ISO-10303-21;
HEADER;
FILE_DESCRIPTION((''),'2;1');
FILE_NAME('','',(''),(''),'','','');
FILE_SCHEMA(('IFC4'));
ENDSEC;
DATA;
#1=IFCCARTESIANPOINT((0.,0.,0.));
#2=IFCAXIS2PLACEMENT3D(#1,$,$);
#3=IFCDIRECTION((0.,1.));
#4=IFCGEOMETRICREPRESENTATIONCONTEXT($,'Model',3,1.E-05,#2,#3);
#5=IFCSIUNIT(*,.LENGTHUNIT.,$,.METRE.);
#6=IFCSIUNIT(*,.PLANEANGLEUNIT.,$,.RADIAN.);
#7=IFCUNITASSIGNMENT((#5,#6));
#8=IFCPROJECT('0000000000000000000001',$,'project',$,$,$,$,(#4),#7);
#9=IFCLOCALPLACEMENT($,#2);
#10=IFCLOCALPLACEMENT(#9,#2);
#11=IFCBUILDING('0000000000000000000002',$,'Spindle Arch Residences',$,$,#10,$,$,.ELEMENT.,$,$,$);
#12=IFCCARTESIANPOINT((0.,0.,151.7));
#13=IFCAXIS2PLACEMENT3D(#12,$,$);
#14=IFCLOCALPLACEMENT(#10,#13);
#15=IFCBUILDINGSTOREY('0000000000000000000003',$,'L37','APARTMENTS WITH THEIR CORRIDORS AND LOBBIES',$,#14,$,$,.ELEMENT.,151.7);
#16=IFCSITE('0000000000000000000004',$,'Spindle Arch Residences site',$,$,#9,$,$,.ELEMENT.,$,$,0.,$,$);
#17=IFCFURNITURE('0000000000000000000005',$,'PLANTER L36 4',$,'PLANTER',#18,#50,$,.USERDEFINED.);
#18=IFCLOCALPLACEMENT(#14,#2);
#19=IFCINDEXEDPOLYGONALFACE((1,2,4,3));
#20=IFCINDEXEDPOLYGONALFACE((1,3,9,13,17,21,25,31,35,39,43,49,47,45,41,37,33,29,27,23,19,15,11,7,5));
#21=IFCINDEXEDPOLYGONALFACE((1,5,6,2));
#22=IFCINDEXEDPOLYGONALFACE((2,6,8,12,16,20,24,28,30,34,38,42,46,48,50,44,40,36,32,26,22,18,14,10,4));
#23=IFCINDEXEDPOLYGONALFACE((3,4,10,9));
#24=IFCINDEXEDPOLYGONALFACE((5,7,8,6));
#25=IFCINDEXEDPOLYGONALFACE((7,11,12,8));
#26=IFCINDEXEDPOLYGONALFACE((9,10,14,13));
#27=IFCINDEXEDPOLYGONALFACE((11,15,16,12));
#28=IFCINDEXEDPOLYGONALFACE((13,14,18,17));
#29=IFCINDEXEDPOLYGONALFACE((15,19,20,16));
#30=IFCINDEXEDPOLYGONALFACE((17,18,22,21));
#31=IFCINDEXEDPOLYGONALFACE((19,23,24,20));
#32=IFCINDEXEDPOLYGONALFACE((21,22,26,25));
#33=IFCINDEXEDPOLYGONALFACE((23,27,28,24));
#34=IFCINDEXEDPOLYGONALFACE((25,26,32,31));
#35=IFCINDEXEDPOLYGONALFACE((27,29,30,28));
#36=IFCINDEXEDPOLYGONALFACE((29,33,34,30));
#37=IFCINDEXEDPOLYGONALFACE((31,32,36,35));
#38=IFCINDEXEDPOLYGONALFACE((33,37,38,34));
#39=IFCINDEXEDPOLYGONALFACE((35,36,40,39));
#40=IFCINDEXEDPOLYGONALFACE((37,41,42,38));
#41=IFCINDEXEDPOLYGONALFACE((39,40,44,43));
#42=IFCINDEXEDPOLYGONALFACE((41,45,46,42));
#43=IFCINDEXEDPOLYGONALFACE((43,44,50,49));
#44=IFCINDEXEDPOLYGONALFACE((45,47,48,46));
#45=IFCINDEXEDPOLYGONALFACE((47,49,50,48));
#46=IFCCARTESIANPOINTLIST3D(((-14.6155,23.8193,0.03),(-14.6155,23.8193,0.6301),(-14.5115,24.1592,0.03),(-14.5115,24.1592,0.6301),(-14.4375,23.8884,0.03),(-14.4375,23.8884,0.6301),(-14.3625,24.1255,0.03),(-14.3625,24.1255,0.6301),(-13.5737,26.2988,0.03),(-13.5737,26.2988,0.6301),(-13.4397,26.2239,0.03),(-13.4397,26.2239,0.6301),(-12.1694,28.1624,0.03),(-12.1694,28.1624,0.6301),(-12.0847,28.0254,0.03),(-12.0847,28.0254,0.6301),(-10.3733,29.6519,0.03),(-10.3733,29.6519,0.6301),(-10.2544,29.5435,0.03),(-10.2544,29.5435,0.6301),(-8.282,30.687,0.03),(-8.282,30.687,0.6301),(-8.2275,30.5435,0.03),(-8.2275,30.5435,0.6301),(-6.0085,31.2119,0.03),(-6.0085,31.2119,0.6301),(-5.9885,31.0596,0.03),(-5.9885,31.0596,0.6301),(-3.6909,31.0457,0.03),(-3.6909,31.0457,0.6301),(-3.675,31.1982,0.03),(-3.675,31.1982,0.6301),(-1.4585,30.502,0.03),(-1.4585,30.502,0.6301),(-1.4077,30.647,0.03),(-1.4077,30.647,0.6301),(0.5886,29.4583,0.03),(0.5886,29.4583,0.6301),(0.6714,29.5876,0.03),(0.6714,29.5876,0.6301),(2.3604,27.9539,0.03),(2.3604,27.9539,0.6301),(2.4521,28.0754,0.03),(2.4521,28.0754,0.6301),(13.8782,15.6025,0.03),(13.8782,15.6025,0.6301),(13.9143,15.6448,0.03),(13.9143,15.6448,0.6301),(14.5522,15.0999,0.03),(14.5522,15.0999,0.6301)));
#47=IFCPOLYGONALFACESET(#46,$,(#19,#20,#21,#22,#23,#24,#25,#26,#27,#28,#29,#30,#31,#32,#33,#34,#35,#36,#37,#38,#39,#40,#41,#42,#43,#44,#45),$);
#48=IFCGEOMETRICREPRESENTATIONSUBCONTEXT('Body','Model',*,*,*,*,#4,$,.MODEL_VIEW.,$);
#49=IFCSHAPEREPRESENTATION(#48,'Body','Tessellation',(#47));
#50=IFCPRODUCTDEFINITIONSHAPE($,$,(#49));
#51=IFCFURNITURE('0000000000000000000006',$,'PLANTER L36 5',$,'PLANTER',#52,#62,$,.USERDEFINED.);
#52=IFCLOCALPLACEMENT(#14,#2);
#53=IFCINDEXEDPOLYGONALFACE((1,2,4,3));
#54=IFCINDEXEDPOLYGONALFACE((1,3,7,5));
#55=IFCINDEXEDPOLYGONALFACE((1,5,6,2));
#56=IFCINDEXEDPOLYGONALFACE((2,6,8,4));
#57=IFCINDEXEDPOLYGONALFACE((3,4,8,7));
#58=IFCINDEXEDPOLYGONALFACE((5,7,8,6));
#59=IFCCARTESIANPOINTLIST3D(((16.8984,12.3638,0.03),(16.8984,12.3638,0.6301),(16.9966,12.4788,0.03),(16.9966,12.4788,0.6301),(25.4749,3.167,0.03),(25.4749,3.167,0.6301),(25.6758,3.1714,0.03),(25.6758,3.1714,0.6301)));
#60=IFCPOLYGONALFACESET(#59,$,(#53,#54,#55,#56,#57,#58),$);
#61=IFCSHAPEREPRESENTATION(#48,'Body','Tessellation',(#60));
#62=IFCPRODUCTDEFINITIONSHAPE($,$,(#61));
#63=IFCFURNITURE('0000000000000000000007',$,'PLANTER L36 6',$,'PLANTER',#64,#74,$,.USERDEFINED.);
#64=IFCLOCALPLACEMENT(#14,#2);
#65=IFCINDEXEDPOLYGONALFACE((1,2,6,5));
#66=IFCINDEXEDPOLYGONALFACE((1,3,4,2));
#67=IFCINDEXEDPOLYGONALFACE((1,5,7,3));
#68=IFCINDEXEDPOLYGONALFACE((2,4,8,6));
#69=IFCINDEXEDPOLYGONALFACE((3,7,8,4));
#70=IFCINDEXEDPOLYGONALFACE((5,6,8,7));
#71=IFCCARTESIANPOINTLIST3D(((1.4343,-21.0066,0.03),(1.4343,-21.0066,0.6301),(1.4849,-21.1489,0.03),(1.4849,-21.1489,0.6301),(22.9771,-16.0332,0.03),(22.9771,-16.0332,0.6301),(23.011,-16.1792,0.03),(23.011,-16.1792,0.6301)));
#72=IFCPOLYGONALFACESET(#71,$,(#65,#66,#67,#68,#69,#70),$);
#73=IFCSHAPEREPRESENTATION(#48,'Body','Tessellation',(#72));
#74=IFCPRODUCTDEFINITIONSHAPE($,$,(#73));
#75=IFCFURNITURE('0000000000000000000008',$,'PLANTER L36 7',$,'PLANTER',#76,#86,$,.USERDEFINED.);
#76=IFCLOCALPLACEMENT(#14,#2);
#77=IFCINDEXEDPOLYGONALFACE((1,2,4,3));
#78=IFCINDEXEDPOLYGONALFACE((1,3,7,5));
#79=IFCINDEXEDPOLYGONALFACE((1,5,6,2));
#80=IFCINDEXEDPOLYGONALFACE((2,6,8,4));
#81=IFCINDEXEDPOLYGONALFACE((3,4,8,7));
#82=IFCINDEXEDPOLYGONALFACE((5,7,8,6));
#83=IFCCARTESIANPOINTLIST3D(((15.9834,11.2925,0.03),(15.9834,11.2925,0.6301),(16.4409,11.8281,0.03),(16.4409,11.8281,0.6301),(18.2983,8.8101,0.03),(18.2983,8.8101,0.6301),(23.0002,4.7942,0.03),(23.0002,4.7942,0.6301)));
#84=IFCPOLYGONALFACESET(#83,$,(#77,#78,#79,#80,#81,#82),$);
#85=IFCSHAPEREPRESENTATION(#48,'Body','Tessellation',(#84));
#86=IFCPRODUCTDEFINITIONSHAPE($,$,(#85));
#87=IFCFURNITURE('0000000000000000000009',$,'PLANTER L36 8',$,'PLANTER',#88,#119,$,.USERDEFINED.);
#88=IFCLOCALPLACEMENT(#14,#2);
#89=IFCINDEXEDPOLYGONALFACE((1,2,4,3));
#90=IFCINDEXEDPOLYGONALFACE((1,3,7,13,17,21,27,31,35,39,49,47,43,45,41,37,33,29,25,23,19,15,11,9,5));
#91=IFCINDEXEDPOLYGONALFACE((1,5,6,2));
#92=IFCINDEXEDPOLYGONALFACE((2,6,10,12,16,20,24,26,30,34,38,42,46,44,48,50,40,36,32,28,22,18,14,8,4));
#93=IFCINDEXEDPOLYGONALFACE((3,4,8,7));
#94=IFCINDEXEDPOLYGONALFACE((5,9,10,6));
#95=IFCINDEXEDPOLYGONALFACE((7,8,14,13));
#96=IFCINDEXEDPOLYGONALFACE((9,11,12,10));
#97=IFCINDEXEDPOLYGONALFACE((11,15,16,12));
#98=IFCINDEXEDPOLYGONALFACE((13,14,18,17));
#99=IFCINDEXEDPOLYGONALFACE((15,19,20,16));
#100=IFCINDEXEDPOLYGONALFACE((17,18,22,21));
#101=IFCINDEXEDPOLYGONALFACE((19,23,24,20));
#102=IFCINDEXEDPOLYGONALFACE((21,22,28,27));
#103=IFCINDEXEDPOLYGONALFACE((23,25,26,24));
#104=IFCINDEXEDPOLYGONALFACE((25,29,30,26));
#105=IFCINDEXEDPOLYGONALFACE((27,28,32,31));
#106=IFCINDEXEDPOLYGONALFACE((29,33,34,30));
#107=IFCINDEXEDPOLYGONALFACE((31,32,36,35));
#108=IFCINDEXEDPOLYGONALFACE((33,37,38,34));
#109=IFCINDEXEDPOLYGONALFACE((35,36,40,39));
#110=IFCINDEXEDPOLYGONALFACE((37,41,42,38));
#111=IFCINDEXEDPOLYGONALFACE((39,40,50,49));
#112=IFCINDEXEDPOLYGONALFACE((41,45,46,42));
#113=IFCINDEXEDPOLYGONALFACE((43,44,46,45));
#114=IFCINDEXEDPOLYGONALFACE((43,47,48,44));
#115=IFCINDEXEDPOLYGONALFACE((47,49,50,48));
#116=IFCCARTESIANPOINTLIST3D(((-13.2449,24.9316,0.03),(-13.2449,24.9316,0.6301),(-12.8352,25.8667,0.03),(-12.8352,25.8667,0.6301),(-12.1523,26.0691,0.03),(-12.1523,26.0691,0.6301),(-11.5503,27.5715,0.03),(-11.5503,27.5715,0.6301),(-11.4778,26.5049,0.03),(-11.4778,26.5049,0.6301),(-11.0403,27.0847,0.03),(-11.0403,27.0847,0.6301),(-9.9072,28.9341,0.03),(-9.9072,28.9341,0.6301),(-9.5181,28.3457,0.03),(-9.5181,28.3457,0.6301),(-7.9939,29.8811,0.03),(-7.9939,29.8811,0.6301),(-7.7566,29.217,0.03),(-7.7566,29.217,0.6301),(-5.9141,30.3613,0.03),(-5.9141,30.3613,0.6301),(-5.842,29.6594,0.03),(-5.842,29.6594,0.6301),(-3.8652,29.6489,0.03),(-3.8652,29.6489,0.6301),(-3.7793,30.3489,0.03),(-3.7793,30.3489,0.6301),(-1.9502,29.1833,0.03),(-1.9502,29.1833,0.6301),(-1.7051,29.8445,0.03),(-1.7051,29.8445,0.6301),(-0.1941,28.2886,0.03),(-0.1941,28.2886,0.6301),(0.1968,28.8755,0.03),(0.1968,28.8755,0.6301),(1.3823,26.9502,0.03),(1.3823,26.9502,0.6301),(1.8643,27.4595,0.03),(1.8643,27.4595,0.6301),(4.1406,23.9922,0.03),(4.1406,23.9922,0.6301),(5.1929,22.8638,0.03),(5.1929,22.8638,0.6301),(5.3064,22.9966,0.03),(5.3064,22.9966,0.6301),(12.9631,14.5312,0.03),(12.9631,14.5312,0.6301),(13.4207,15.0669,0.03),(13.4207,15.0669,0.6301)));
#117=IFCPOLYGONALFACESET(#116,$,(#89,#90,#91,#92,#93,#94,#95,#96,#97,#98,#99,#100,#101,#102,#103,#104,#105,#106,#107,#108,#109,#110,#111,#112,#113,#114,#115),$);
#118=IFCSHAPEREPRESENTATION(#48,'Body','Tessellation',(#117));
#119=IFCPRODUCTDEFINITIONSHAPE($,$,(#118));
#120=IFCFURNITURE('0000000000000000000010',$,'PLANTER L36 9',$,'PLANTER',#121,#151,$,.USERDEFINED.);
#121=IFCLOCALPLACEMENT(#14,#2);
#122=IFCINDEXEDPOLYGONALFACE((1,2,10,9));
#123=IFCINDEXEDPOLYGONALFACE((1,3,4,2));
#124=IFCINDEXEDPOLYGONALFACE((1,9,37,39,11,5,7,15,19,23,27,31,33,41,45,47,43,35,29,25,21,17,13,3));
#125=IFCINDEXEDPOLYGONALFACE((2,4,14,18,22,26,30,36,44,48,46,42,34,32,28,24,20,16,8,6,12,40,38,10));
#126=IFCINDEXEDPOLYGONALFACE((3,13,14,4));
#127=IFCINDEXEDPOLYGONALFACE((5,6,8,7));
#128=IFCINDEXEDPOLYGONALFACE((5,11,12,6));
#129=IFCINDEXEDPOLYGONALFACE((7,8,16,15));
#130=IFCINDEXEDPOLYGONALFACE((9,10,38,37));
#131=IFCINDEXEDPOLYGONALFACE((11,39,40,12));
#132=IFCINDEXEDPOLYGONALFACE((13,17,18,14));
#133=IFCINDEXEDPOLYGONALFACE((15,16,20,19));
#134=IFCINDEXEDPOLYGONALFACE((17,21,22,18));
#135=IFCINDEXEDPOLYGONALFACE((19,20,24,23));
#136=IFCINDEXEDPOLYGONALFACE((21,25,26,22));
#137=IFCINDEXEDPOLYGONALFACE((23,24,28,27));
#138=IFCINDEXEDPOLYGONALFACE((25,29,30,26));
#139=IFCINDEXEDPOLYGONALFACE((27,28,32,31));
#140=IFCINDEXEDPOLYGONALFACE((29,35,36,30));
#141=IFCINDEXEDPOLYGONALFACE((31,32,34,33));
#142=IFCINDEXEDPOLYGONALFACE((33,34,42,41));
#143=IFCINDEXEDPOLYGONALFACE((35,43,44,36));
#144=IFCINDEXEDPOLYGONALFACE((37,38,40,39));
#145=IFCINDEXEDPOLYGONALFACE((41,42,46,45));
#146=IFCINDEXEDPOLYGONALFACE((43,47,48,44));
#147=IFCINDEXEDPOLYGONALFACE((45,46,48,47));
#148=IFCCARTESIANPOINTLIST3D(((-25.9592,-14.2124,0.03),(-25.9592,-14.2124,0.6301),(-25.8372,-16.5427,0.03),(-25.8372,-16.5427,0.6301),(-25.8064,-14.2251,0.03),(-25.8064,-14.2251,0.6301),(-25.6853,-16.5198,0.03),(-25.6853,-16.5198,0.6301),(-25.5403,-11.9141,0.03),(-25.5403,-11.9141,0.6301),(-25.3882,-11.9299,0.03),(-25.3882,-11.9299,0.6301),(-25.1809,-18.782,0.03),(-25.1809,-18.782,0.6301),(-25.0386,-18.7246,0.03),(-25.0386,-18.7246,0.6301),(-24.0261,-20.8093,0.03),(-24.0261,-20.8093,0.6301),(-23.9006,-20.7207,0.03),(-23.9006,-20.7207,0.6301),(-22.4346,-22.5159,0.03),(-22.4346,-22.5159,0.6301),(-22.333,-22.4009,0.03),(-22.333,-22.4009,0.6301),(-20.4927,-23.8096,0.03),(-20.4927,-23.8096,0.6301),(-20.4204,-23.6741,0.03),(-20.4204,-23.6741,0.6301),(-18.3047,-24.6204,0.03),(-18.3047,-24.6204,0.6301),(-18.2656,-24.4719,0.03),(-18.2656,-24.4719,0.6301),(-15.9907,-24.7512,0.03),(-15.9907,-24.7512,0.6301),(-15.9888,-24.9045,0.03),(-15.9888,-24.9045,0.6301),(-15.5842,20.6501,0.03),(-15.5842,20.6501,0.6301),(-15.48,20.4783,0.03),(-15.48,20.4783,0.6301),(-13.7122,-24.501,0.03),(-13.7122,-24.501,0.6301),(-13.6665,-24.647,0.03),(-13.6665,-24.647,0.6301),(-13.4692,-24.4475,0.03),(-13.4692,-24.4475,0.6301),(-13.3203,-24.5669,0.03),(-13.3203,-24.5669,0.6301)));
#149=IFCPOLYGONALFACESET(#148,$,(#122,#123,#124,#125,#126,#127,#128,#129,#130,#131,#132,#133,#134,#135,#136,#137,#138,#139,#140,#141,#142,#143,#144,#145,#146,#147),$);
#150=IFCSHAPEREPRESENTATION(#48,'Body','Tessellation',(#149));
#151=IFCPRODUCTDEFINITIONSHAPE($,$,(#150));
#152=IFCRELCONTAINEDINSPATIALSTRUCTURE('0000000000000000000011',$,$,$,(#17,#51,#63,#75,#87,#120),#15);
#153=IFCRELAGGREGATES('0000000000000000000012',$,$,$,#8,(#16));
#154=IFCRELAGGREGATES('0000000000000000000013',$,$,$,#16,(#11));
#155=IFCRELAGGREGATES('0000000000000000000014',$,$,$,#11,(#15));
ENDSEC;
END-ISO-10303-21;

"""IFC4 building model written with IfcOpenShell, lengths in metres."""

from ifc_helpers import new_model, si_unit, direction, frame, origin, place, context, subcontext, project, spatial, polyline, outline, extrude, element, save


model = new_model("IFC4")

# Units and contexts
model_context = context("Model", 3, precision=1e-05, world=origin(), true_north=direction((0.0, 1.0)))
body_context = subcontext(model_context, "Body", "Model", "MODEL_VIEW")
ifc_project = project(units=[si_unit("LENGTHUNIT", "METRE"), si_unit("PLANEANGLEUNIT", "RADIAN")], contexts=[model_context])

# Site, building, storey
site_placement = place(None, origin())
site = spatial("IfcSite", under=ifc_project, at=site_placement, Name="Spindle Arch Residences site", CompositionType="ELEMENT", RefElevation=0.0)
building_placement = place(site_placement, origin())
building = spatial("IfcBuilding", under=site, at=building_placement, Name="Spindle Arch Residences", CompositionType="ELEMENT")
storey_placement = place(building_placement, frame((0.0, 0.0, 151.7)))
storey = spatial("IfcBuildingStorey", under=building, at=storey_placement, Name="L37", Description="APARTMENTS WITH THEIR CORRIDORS AND LOBBIES", CompositionType="ELEMENT", Elevation=151.7)

# Furniture
furniture_1_placement = place(storey_placement, frame((0.0, 0.0, 0.03)))
element("IfcFurniture", 1, at=furniture_1_placement, inside=storey, Name="PLANTER L36 4", ObjectType="PLANTER", PredefinedType="USERDEFINED", context=body_context, shape_type="SweptSolid", body=[
    extrude(outline(polyline([(-13.5737, 26.2988), (-12.1694, 28.1624), (-10.3733, 29.6519), (-8.282, 30.687), (-6.0085, 31.2119), (-3.675, 31.1982), (-1.4077, 30.647), (0.6714, 29.5876), (2.4521, 28.0754), (14.5522, 15.0999), (13.9143, 15.6448), (13.8782, 15.6025), (2.3604, 27.9539), (0.5886, 29.4583), (-1.4585, 30.502), (-3.6909, 31.0457), (-5.9885, 31.0596), (-8.2275, 30.5435), (-10.2544, 29.5435), (-12.0847, 28.0254), (-13.4397, 26.2239), (-14.3625, 24.1255), (-14.4375, 23.8884), (-14.6155, 23.8193), (-14.5115, 24.1592), (-13.5737, 26.2988)])), origin(), (0.0, 0.0, 1.0), 0.6001),
])
furniture_2_placement = place(storey_placement, frame((0.0, 0.0, 0.03)))
element("IfcFurniture", 2, at=furniture_2_placement, inside=storey, Name="PLANTER L36 5", ObjectType="PLANTER", PredefinedType="USERDEFINED", context=body_context, shape_type="SweptSolid", body=[
    extrude(outline(polyline([(25.6758, 3.1714), (25.4749, 3.167), (16.8984, 12.3638), (16.9966, 12.4788), (25.6758, 3.1714)])), origin(), (0.0, 0.0, 1.0), 0.6001),
])
furniture_3_placement = place(storey_placement, frame((0.0, 0.0, 0.03)))
element("IfcFurniture", 3, at=furniture_3_placement, inside=storey, Name="PLANTER L36 6", ObjectType="PLANTER", PredefinedType="USERDEFINED", context=body_context, shape_type="SweptSolid", body=[
    extrude(outline(polyline([(1.4849, -21.1489), (1.4343, -21.0066), (22.9771, -16.0332), (23.011, -16.1792), (1.4849, -21.1489)])), origin(), (0.0, 0.0, 1.0), 0.6001),
])
furniture_4_placement = place(storey_placement, frame((0.0, 0.0, 0.03)))
element("IfcFurniture", 4, at=furniture_4_placement, inside=storey, Name="PLANTER L36 7", ObjectType="PLANTER", PredefinedType="USERDEFINED", context=body_context, shape_type="SweptSolid", body=[
    extrude(outline(polyline([(15.9834, 11.2925), (16.4409, 11.8281), (23.0002, 4.7942), (18.2983, 8.8101), (15.9834, 11.2925)])), origin(), (0.0, 0.0, 1.0), 0.6001),
])
furniture_5_placement = place(storey_placement, frame((0.0, 0.0, 0.03)))
element("IfcFurniture", 5, at=furniture_5_placement, inside=storey, Name="PLANTER L36 8", ObjectType="PLANTER", PredefinedType="USERDEFINED", context=body_context, shape_type="SweptSolid", body=[
    extrude(outline(polyline([(5.1929, 22.8638), (5.3064, 22.9966), (4.1406, 23.9922), (1.3823, 26.9502), (-0.1941, 28.2886), (-1.9502, 29.1833), (-3.8652, 29.6489), (-5.842, 29.6594), (-7.7566, 29.217), (-9.5181, 28.3457), (-11.0403, 27.0847), (-11.4778, 26.5049), (-12.1523, 26.0691), (-13.2449, 24.9316), (-12.8352, 25.8667), (-11.5503, 27.5715), (-9.9072, 28.9341), (-7.9939, 29.8811), (-5.9141, 30.3613), (-3.7793, 30.3489), (-1.7051, 29.8445), (0.1968, 28.8755), (1.8643, 27.4595), (13.4207, 15.0669), (12.9631, 14.5312), (5.1929, 22.8638)])), origin(), (0.0, 0.0, 1.0), 0.6001),
])
furniture_6_placement = place(storey_placement, frame((0.0, 0.0, 0.03)))
element("IfcFurniture", 6, at=furniture_6_placement, inside=storey, Name="PLANTER L36 9", ObjectType="PLANTER", PredefinedType="USERDEFINED", context=body_context, shape_type="SweptSolid", body=[
    extrude(outline(polyline([(-18.3047, -24.6204), (-20.4927, -23.8096), (-22.4346, -22.5159), (-24.0261, -20.8093), (-25.1809, -18.782), (-25.8372, -16.5427), (-25.9592, -14.2124), (-25.5403, -11.9141), (-15.5842, 20.6501), (-15.48, 20.4783), (-25.3882, -11.9299), (-25.8064, -14.2251), (-25.6853, -16.5198), (-25.0386, -18.7246), (-23.9006, -20.7207), (-22.333, -22.4009), (-20.4204, -23.6741), (-18.2656, -24.4719), (-15.9907, -24.7512), (-13.7122, -24.501), (-13.4692, -24.4475), (-13.3203, -24.5669), (-13.6665, -24.647), (-15.9888, -24.9045), (-18.3047, -24.6204)])), origin(), (0.0, 0.0, 1.0), 0.6001),
])

save(model, "model.ifc")
